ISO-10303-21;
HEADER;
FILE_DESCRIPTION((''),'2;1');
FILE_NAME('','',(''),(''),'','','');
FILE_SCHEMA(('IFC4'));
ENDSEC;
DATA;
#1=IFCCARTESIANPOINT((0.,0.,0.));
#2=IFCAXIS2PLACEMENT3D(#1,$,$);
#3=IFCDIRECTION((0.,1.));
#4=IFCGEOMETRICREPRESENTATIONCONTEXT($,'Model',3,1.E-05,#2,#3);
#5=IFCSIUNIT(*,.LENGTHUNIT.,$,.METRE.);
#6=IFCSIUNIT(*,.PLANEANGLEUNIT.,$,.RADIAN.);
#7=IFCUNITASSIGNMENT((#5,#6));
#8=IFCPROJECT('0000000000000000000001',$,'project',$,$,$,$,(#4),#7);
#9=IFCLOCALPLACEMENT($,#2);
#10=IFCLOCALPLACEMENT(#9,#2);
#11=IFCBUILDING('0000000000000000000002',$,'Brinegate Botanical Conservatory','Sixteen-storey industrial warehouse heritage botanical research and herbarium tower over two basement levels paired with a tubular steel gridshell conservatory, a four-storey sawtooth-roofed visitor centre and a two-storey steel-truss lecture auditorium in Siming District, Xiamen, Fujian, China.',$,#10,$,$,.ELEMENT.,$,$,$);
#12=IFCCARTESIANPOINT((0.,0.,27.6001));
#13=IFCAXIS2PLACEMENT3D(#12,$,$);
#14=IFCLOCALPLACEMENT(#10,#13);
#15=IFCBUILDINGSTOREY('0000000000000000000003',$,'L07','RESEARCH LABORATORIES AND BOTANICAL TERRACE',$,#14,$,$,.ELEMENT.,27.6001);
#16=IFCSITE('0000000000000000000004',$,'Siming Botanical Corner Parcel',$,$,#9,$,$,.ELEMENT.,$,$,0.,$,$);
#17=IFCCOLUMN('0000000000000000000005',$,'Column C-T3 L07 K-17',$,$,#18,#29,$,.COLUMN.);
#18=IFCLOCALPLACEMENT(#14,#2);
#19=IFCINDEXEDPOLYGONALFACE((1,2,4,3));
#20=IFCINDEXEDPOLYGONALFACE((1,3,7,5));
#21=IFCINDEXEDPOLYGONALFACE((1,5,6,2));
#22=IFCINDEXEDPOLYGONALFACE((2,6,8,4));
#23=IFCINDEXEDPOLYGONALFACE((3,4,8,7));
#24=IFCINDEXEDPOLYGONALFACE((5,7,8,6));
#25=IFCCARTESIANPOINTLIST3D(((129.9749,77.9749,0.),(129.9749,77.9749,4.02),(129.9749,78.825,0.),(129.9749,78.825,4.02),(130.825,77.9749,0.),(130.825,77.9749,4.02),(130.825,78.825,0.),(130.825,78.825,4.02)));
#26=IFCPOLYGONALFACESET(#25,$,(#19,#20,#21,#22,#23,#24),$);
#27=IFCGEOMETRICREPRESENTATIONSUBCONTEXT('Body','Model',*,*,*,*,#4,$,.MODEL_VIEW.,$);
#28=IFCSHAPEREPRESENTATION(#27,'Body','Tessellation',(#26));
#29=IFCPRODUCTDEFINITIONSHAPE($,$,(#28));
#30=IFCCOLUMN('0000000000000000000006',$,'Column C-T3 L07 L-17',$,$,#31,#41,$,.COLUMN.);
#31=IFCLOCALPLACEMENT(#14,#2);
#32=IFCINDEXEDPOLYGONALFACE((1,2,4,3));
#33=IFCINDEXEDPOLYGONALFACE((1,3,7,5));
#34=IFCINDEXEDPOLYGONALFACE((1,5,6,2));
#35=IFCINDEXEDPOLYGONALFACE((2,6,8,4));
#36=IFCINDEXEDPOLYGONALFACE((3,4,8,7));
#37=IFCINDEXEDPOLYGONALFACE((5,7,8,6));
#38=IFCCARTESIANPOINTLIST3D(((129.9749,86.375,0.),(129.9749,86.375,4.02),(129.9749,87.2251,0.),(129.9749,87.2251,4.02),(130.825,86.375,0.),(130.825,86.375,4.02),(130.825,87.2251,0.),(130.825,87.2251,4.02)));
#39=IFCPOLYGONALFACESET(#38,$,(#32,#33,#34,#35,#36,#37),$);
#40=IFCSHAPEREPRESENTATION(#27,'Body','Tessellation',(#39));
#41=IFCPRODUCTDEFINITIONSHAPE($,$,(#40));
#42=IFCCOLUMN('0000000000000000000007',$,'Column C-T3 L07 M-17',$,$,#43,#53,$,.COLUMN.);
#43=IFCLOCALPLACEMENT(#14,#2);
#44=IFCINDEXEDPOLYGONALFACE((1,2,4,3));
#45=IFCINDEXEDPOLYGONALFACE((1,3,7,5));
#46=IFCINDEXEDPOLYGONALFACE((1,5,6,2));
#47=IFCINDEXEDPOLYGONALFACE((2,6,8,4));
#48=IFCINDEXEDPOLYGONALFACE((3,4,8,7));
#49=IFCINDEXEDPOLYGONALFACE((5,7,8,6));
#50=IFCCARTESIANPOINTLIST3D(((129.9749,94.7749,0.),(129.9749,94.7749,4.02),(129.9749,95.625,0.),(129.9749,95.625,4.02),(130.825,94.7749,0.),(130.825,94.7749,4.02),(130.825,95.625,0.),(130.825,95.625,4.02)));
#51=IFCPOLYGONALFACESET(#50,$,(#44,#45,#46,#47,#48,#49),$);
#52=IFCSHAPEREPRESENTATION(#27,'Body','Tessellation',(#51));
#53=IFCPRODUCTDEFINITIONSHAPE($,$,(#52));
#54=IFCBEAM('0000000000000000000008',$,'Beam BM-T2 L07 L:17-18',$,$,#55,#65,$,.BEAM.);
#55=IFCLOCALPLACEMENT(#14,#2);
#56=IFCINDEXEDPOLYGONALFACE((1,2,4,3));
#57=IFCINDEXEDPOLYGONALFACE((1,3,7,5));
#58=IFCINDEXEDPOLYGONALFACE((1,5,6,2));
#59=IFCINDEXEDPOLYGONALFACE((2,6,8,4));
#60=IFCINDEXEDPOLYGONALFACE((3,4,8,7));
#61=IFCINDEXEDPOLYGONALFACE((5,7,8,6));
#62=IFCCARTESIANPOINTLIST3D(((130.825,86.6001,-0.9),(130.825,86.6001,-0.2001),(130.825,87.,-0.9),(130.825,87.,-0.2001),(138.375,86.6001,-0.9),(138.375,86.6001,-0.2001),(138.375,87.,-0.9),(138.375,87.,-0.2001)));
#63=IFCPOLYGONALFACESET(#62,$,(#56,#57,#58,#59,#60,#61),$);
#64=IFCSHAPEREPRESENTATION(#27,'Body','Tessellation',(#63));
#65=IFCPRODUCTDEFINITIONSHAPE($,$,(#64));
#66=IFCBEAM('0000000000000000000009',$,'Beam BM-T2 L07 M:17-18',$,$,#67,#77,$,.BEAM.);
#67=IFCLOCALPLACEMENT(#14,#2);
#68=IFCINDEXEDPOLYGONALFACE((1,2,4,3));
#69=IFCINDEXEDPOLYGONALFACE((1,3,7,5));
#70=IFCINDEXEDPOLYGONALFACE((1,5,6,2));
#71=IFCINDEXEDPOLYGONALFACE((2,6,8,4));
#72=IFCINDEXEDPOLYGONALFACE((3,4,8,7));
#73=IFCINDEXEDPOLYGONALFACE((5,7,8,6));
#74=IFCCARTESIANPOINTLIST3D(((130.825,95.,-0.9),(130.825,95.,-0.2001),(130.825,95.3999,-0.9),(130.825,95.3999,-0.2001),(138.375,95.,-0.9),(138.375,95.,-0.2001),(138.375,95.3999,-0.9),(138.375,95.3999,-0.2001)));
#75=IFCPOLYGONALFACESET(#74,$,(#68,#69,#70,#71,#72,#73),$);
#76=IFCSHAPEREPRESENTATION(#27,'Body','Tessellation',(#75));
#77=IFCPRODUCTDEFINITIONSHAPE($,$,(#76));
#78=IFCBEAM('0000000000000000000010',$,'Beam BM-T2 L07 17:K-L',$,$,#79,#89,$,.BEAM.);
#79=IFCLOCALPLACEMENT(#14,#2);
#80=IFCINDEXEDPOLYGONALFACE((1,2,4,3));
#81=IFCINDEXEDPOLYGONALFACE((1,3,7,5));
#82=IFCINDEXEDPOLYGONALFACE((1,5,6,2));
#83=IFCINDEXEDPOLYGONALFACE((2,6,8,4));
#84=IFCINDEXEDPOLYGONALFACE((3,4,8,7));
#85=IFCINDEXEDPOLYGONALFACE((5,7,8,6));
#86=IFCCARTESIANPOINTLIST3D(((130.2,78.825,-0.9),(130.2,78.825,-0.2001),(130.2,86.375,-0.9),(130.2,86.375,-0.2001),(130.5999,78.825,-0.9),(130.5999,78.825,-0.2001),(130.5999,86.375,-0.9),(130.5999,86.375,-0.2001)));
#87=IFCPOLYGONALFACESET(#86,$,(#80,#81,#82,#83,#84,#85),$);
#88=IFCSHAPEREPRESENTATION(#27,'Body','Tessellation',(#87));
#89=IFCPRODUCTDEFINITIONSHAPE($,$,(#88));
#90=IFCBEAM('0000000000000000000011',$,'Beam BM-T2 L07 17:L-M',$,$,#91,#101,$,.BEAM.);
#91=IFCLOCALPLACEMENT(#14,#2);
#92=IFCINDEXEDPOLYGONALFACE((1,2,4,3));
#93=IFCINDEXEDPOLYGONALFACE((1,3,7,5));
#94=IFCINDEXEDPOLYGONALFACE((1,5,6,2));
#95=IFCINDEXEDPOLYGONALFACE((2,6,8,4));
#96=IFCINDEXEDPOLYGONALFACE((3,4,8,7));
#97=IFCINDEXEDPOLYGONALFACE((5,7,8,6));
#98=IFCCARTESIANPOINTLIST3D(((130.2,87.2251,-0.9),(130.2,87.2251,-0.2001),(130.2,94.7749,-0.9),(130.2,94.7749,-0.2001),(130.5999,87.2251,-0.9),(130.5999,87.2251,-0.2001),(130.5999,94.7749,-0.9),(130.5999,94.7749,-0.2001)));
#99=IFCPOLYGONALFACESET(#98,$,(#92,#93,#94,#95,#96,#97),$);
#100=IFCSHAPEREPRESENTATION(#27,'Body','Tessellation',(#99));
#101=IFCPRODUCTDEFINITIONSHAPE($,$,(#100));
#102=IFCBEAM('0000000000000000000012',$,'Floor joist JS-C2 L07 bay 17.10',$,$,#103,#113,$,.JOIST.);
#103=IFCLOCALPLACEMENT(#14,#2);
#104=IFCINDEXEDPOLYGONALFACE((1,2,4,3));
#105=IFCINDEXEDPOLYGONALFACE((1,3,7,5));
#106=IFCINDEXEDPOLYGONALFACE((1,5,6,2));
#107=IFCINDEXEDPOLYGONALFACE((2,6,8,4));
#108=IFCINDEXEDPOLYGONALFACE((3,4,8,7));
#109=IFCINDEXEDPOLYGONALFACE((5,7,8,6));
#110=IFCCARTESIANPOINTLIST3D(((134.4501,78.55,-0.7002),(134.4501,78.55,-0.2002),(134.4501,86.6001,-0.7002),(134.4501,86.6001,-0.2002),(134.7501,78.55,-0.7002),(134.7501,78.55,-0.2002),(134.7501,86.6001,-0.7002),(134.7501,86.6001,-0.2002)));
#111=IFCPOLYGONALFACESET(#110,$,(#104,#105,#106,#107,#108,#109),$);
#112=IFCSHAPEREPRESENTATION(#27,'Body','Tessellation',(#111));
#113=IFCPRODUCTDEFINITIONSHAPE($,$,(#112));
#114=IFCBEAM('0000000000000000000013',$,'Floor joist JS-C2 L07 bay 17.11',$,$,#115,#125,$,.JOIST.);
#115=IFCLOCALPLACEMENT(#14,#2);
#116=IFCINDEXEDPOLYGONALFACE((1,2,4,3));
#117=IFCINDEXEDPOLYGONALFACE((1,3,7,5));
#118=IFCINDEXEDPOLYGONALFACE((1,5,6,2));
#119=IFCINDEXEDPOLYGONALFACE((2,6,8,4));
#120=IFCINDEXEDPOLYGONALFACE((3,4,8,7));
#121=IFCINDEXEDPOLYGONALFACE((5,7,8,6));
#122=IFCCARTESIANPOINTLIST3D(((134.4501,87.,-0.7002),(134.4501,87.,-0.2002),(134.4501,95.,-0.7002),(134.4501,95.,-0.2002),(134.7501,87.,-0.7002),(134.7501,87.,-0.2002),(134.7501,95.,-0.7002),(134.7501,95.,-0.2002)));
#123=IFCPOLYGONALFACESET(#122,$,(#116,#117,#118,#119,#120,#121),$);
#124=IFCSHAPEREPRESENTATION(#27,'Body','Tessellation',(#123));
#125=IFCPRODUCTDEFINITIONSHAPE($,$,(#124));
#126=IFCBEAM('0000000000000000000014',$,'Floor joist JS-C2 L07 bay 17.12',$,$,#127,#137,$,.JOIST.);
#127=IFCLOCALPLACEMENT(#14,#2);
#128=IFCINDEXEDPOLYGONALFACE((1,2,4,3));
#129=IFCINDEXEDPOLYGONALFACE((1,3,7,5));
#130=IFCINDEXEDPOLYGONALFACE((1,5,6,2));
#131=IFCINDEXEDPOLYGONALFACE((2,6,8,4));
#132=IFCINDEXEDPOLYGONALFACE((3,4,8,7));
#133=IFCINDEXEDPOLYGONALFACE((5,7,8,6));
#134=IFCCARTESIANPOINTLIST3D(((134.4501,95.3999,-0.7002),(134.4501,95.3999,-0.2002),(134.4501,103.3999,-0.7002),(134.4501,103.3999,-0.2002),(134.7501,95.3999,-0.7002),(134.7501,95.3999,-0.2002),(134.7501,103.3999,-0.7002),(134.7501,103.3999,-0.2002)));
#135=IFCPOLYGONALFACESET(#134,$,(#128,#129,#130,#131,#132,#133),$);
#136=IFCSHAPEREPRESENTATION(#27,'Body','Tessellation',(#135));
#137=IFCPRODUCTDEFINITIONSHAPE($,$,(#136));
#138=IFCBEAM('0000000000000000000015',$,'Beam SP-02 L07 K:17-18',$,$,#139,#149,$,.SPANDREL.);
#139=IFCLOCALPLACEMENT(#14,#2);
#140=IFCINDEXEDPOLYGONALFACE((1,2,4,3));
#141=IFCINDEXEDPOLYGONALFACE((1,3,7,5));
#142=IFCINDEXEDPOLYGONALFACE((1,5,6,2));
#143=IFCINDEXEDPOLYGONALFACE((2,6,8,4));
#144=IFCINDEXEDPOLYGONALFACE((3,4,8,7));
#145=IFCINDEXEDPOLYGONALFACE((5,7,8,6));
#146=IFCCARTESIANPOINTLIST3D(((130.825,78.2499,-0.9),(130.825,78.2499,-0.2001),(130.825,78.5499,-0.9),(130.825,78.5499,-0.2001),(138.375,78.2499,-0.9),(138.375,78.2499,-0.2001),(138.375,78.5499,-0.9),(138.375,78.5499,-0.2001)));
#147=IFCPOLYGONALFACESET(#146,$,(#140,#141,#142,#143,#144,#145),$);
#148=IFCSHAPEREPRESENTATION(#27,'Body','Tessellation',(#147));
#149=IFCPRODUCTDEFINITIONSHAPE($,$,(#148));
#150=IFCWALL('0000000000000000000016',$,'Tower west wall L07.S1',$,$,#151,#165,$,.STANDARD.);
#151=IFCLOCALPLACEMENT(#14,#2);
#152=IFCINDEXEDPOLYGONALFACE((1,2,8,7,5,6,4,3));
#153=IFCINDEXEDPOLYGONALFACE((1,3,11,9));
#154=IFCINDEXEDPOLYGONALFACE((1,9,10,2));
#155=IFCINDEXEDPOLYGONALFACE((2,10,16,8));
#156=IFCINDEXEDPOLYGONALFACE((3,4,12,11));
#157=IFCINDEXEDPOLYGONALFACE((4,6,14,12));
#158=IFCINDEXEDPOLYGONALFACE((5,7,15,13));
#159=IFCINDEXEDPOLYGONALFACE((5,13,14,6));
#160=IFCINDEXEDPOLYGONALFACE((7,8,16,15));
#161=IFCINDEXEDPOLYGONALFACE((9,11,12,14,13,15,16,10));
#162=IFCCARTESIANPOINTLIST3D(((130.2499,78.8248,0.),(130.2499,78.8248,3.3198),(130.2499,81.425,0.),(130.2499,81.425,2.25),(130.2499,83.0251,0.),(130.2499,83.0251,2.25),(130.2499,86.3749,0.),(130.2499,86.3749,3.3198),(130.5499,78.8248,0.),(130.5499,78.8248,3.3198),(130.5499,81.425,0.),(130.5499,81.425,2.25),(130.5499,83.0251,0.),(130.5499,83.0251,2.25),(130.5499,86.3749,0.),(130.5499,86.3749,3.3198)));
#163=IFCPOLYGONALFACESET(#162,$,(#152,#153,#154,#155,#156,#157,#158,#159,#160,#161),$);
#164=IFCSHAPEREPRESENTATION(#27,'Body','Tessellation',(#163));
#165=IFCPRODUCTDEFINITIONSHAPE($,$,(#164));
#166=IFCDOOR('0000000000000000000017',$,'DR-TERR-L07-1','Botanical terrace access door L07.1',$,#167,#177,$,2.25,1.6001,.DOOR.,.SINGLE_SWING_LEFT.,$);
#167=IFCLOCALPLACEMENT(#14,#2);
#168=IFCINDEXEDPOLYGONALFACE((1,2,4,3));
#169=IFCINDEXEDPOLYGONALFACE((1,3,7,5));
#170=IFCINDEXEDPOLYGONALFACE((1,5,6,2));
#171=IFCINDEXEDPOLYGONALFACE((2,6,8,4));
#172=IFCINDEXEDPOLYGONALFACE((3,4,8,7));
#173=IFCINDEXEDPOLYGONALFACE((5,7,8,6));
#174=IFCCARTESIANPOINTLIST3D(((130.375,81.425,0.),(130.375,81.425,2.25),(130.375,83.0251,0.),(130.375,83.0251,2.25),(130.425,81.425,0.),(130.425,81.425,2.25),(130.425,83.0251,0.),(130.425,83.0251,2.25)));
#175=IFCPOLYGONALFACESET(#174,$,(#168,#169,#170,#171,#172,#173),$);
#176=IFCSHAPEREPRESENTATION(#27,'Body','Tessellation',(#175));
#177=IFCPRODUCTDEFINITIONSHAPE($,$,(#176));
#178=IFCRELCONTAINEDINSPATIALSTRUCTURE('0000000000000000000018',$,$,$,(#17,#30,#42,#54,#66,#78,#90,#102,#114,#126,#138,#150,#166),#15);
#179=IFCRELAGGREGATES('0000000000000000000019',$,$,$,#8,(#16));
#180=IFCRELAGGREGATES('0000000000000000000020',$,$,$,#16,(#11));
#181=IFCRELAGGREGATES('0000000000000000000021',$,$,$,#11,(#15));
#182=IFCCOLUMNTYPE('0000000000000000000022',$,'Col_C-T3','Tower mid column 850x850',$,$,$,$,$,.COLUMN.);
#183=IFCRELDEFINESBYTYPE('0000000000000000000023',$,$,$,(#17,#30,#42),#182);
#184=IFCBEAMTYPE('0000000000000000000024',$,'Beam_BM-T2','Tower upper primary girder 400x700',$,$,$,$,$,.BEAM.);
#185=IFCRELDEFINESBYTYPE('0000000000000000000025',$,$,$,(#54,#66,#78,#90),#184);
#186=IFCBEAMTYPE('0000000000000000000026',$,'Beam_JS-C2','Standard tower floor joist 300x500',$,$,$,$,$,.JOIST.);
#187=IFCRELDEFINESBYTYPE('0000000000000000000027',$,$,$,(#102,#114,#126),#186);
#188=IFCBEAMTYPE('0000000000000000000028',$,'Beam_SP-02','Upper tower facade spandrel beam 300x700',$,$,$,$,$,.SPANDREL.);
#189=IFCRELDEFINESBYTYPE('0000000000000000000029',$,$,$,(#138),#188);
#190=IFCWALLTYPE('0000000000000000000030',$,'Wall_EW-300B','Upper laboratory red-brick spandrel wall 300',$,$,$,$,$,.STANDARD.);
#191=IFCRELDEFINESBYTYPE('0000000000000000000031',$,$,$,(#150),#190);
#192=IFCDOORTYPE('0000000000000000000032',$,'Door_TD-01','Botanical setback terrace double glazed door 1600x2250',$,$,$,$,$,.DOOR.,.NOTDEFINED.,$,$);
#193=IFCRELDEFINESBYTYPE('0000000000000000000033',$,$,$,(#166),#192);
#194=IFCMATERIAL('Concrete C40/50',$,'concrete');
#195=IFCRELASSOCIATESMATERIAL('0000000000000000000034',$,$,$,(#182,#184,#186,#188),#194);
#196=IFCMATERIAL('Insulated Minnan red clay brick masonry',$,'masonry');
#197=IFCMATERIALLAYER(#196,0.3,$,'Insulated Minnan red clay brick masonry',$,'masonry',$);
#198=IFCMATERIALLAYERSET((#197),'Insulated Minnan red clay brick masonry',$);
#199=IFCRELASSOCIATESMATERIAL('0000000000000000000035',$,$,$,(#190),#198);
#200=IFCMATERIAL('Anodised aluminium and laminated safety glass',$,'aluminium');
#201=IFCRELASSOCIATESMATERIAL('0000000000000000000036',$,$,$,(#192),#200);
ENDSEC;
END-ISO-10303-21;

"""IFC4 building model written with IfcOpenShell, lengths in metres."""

from ifc_helpers import new_model, si_unit, direction, frame, frame_2d, origin, origin_2d, place, context, subcontext, project, spatial, rectangle, extrude, material, layer, layer_set, material_profile, profile_set, type_object, element, fill, save


model = new_model("IFC4")

# Units and contexts
model_context = context("Model", 3, precision=1e-05, world=origin(), true_north=direction((0.0, 1.0)))
body_context = subcontext(model_context, "Body", "Model", "MODEL_VIEW")
ifc_project = project(units=[si_unit("LENGTHUNIT", "METRE"), si_unit("PLANEANGLEUNIT", "RADIAN")], contexts=[model_context])

# Site, building, storey
site_placement = place(None, origin())
site = spatial("IfcSite", under=ifc_project, at=site_placement, Name="Siming Botanical Corner Parcel", CompositionType="ELEMENT", RefElevation=0.0)
building_placement = place(site_placement, origin())
building = spatial("IfcBuilding", under=site, at=building_placement, Name="Brinegate Botanical Conservatory", Description="Sixteen-storey industrial warehouse heritage botanical research and herbarium tower over two basement levels paired with a tubular steel gridshell conservatory, a four-storey sawtooth-roofed visitor centre and a two-storey steel-truss lecture auditorium in Siming District, Xiamen, Fujian, China.", CompositionType="ELEMENT")
storey_placement = place(building_placement, frame((0.0, 0.0, 27.6001)))
storey = spatial("IfcBuildingStorey", under=building, at=storey_placement, Name="L07", Description="RESEARCH LABORATORIES AND BOTANICAL TERRACE", CompositionType="ELEMENT", Elevation=27.6001)

# Columns
ifc_material_1 = material(Name="Concrete C40/50", Category="concrete")
ifc_material_profile_1 = material_profile(ifc_material_1, rectangle(XDim=0.8501, YDim=0.8501, at=origin_2d()), Name="RC COL 850x850")
ifc_profile_set_1 = profile_set([ifc_material_profile_1], Name="Concrete C40/50")
column_type = type_object("IfcColumnType", Name="Col_C-T3", Description="Tower mid column 850x850", PredefinedType="COLUMN", material=ifc_profile_set_1)
for number, where, z_axis, x_axis, name in (
    (1, (130.3999, 78.3999, 0.0), (0.0, 0.0, 1.0), (1.0, 0.0, 0.0), "Column C-T3 L07 K-17"),
    (2, (130.3999, 86.8, 0.0), (0.0, 0.0, 1.0), (1.0, 0.0, 0.0), "Column C-T3 L07 L-17"),
    (3, (130.3999, 95.2, 0.0), (0.0, 0.0, 1.0), (1.0, 0.0, 0.0), "Column C-T3 L07 M-17"),
):
    element("IfcColumn", number, at=place(storey_placement, frame(where, z_axis=z_axis, x_axis=x_axis)), inside=storey, type_object=column_type, Name=name, PredefinedType="COLUMN", context=body_context, shape_type="SweptSolid", body=[
        extrude(rectangle(XDim=0.8501, YDim=0.8501, at=origin_2d()), origin(), (0.0, 0.0, 1.0), 4.02),
    ])

# Beams
ifc_material_profile_2 = material_profile(ifc_material_1, rectangle(XDim=0.3999, YDim=0.7, at=origin_2d()), Name="RC BM 400x700")
ifc_profile_set_2 = profile_set([ifc_material_profile_2], Name="Concrete C40/50")
beam_type_1 = type_object("IfcBeamType", Name="Beam_BM-T2", Description="Tower upper primary girder 400x700", PredefinedType="BEAM", material=ifc_profile_set_2)
for number, where, z_axis, x_axis, name in (
    (4, (130.825, 86.8, -0.55), (1.0, 0.0, 0.0), (0.0, 1.0, 0.0), "Beam BM-T2 L07 L:17-18"),
    (5, (130.825, 95.2, -0.55), (1.0, 0.0, 0.0), (0.0, 1.0, 0.0), "Beam BM-T2 L07 M:17-18"),
    (6, (130.3999, 78.825, -0.55), (0.0, 1.0, 0.0), (-1.0, 0.0, 0.0), "Beam BM-T2 L07 17:K-L"),
):
    element("IfcBeam", number, at=place(storey_placement, frame(where, z_axis=z_axis, x_axis=x_axis)), inside=storey, type_object=beam_type_1, Name=name, PredefinedType="BEAM", context=body_context, shape_type="SweptSolid", body=[
        extrude(rectangle(XDim=0.3999, YDim=0.7, at=origin_2d()), origin(), (0.0, 0.0, 1.0), 7.55),
    ])
beam_1_placement = place(storey_placement, frame((130.3999, 87.2251, -0.55), z_axis=(0.0, 1.0, 0.0), x_axis=(-1.0, 0.0, 0.0)))
element("IfcBeam", 7, at=beam_1_placement, inside=storey, type_object=beam_type_1, Name="Beam BM-T2 L07 17:L-M", PredefinedType="BEAM", context=body_context, shape_type="SweptSolid", body=[
    extrude(rectangle(XDim=0.3999, YDim=0.7, at=origin_2d()), origin(), (0.0, 0.0, 1.0), 7.5498),
])
ifc_material_profile_3 = material_profile(ifc_material_1, rectangle(XDim=0.3, YDim=0.5, at=origin_2d()), Name="RC JST 300x500")
ifc_profile_set_3 = profile_set([ifc_material_profile_3], Name="Concrete C40/50")
beam_type_2 = type_object("IfcBeamType", Name="Beam_JS-C2", Description="Standard tower floor joist 300x500", PredefinedType="JOIST", material=ifc_profile_set_3)
beam_2_placement = place(storey_placement, frame((134.6001, 78.55, -0.4502), z_axis=(0.0, 1.0, 0.0), x_axis=(-1.0, 0.0, 0.0)))
element("IfcBeam", 8, at=beam_2_placement, inside=storey, type_object=beam_type_2, Name="Floor joist JS-C2 L07 bay 17.10", PredefinedType="JOIST", context=body_context, shape_type="SweptSolid", body=[
    extrude(rectangle(XDim=0.3, YDim=0.5, at=origin_2d()), origin(), (0.0, 0.0, 1.0), 8.05),
])
for number, where, z_axis, x_axis, name in (
    (9, (134.6001, 87.0, -0.4502), (0.0, 1.0, 0.0), (-1.0, 0.0, 0.0), "Floor joist JS-C2 L07 bay 17.11"),
    (10, (134.6001, 95.3999, -0.4502), (0.0, 1.0, 0.0), (-1.0, 0.0, 0.0), "Floor joist JS-C2 L07 bay 17.12"),
):
    element("IfcBeam", number, at=place(storey_placement, frame(where, z_axis=z_axis, x_axis=x_axis)), inside=storey, type_object=beam_type_2, Name=name, PredefinedType="JOIST", context=body_context, shape_type="SweptSolid", body=[
        extrude(rectangle(XDim=0.3, YDim=0.5, at=origin_2d()), origin(), (0.0, 0.0, 1.0), 8.0),
    ])
ifc_material_profile_4 = material_profile(ifc_material_1, rectangle(XDim=0.3, YDim=0.7, at=origin_2d()), Name="RC SPN 300x700")
ifc_profile_set_4 = profile_set([ifc_material_profile_4], Name="Concrete C40/50")
beam_type_3 = type_object("IfcBeamType", Name="Beam_SP-02", Description="Upper tower facade spandrel beam 300x700", PredefinedType="SPANDREL", material=ifc_profile_set_4)
beam_3_placement = place(storey_placement, frame((130.825, 78.3999, -0.55), z_axis=(1.0, 0.0, 0.0), x_axis=(0.0, 1.0, 0.0)))
element("IfcBeam", 11, at=beam_3_placement, inside=storey, type_object=beam_type_3, Name="Beam SP-02 L07 K:17-18", PredefinedType="SPANDREL", context=body_context, shape_type="SweptSolid", body=[
    extrude(rectangle(XDim=0.3, YDim=0.7, at=origin_2d()), origin(), (0.0, 0.0, 1.0), 7.55),
])

# Wall, opening, door
ifc_material_2 = material(Name="Insulated Minnan red clay brick masonry", Category="masonry")
ifc_layer_1 = layer(ifc_material_2, 0.3, Name="Insulated Minnan red clay brick masonry", Category="masonry")
ifc_layer_set_1 = layer_set([ifc_layer_1], Name="Insulated Minnan red clay brick masonry")
wall_type_1 = type_object("IfcWallType", Name="Wall_EW-300B", Description="Upper laboratory red-brick spandrel wall 300", PredefinedType="STANDARD", material=ifc_layer_set_1)
wall_1_placement = place(storey_placement, frame((130.3999, 78.825, 0.0), z_axis=(0.0, 0.0, 1.0), x_axis=(0.0, 1.0, 0.0)))
wall_1 = element("IfcWall", 12, at=wall_1_placement, inside=storey, type_object=wall_type_1, Name="Tower west wall L07.S1", PredefinedType="STANDARD", context=body_context, shape_type="SweptSolid", body=[
    extrude(rectangle(XDim=7.55, YDim=0.3, at=frame_2d((3.7749, 0.0))), origin(), (0.0, 0.0, 1.0), 3.3198),
])
opening_1_placement = place(wall_1_placement, frame((2.6001, 0.0, 0.0)))
opening_1 = element("IfcOpeningElement", 13, at=opening_1_placement, cuts=wall_1, PredefinedType="OPENING", context=body_context, shape_type="SweptSolid", body=[
    extrude(rectangle(XDim=1.6001, YDim=2.25, at=frame_2d((0.8, 1.125))), frame((0.0, 0.1599, 0.0), z_axis=(0.0, -1.0, 0.0), x_axis=(1.0, 0.0, 0.0)), (0.0, 0.0, 1.0), 0.3201),
])
ifc_material_3 = material(Name="Anodised aluminium and laminated safety glass", Category="aluminium")
door_type_1 = type_object("IfcDoorType", Name="Door_TD-01", Description="Botanical setback terrace double glazed door 1600x2250", OperationType="NOTDEFINED", PredefinedType="DOOR", material=ifc_material_3)
door_1_placement = place(opening_1_placement, origin())
door_1 = element("IfcDoor", 14, at=door_1_placement, inside=storey, type_object=door_type_1, Name="DR-TERR-L07-1", Description="Botanical terrace access door L07.1", OperationType="SINGLE_SWING_LEFT", OverallHeight=2.25, OverallWidth=1.6001, PredefinedType="DOOR", context=body_context, shape_type="SweptSolid", body=[
    extrude(rectangle(XDim=1.6001, YDim=2.25, at=frame_2d((0.8, 1.125))), frame((0.0, 0.0249, 0.0), z_axis=(0.0, -1.0, 0.0), x_axis=(1.0, 0.0, 0.0)), (0.0, 0.0, 1.0), 0.05),
])
fill(opening_1, door_1)

save(model, "model.ifc")
